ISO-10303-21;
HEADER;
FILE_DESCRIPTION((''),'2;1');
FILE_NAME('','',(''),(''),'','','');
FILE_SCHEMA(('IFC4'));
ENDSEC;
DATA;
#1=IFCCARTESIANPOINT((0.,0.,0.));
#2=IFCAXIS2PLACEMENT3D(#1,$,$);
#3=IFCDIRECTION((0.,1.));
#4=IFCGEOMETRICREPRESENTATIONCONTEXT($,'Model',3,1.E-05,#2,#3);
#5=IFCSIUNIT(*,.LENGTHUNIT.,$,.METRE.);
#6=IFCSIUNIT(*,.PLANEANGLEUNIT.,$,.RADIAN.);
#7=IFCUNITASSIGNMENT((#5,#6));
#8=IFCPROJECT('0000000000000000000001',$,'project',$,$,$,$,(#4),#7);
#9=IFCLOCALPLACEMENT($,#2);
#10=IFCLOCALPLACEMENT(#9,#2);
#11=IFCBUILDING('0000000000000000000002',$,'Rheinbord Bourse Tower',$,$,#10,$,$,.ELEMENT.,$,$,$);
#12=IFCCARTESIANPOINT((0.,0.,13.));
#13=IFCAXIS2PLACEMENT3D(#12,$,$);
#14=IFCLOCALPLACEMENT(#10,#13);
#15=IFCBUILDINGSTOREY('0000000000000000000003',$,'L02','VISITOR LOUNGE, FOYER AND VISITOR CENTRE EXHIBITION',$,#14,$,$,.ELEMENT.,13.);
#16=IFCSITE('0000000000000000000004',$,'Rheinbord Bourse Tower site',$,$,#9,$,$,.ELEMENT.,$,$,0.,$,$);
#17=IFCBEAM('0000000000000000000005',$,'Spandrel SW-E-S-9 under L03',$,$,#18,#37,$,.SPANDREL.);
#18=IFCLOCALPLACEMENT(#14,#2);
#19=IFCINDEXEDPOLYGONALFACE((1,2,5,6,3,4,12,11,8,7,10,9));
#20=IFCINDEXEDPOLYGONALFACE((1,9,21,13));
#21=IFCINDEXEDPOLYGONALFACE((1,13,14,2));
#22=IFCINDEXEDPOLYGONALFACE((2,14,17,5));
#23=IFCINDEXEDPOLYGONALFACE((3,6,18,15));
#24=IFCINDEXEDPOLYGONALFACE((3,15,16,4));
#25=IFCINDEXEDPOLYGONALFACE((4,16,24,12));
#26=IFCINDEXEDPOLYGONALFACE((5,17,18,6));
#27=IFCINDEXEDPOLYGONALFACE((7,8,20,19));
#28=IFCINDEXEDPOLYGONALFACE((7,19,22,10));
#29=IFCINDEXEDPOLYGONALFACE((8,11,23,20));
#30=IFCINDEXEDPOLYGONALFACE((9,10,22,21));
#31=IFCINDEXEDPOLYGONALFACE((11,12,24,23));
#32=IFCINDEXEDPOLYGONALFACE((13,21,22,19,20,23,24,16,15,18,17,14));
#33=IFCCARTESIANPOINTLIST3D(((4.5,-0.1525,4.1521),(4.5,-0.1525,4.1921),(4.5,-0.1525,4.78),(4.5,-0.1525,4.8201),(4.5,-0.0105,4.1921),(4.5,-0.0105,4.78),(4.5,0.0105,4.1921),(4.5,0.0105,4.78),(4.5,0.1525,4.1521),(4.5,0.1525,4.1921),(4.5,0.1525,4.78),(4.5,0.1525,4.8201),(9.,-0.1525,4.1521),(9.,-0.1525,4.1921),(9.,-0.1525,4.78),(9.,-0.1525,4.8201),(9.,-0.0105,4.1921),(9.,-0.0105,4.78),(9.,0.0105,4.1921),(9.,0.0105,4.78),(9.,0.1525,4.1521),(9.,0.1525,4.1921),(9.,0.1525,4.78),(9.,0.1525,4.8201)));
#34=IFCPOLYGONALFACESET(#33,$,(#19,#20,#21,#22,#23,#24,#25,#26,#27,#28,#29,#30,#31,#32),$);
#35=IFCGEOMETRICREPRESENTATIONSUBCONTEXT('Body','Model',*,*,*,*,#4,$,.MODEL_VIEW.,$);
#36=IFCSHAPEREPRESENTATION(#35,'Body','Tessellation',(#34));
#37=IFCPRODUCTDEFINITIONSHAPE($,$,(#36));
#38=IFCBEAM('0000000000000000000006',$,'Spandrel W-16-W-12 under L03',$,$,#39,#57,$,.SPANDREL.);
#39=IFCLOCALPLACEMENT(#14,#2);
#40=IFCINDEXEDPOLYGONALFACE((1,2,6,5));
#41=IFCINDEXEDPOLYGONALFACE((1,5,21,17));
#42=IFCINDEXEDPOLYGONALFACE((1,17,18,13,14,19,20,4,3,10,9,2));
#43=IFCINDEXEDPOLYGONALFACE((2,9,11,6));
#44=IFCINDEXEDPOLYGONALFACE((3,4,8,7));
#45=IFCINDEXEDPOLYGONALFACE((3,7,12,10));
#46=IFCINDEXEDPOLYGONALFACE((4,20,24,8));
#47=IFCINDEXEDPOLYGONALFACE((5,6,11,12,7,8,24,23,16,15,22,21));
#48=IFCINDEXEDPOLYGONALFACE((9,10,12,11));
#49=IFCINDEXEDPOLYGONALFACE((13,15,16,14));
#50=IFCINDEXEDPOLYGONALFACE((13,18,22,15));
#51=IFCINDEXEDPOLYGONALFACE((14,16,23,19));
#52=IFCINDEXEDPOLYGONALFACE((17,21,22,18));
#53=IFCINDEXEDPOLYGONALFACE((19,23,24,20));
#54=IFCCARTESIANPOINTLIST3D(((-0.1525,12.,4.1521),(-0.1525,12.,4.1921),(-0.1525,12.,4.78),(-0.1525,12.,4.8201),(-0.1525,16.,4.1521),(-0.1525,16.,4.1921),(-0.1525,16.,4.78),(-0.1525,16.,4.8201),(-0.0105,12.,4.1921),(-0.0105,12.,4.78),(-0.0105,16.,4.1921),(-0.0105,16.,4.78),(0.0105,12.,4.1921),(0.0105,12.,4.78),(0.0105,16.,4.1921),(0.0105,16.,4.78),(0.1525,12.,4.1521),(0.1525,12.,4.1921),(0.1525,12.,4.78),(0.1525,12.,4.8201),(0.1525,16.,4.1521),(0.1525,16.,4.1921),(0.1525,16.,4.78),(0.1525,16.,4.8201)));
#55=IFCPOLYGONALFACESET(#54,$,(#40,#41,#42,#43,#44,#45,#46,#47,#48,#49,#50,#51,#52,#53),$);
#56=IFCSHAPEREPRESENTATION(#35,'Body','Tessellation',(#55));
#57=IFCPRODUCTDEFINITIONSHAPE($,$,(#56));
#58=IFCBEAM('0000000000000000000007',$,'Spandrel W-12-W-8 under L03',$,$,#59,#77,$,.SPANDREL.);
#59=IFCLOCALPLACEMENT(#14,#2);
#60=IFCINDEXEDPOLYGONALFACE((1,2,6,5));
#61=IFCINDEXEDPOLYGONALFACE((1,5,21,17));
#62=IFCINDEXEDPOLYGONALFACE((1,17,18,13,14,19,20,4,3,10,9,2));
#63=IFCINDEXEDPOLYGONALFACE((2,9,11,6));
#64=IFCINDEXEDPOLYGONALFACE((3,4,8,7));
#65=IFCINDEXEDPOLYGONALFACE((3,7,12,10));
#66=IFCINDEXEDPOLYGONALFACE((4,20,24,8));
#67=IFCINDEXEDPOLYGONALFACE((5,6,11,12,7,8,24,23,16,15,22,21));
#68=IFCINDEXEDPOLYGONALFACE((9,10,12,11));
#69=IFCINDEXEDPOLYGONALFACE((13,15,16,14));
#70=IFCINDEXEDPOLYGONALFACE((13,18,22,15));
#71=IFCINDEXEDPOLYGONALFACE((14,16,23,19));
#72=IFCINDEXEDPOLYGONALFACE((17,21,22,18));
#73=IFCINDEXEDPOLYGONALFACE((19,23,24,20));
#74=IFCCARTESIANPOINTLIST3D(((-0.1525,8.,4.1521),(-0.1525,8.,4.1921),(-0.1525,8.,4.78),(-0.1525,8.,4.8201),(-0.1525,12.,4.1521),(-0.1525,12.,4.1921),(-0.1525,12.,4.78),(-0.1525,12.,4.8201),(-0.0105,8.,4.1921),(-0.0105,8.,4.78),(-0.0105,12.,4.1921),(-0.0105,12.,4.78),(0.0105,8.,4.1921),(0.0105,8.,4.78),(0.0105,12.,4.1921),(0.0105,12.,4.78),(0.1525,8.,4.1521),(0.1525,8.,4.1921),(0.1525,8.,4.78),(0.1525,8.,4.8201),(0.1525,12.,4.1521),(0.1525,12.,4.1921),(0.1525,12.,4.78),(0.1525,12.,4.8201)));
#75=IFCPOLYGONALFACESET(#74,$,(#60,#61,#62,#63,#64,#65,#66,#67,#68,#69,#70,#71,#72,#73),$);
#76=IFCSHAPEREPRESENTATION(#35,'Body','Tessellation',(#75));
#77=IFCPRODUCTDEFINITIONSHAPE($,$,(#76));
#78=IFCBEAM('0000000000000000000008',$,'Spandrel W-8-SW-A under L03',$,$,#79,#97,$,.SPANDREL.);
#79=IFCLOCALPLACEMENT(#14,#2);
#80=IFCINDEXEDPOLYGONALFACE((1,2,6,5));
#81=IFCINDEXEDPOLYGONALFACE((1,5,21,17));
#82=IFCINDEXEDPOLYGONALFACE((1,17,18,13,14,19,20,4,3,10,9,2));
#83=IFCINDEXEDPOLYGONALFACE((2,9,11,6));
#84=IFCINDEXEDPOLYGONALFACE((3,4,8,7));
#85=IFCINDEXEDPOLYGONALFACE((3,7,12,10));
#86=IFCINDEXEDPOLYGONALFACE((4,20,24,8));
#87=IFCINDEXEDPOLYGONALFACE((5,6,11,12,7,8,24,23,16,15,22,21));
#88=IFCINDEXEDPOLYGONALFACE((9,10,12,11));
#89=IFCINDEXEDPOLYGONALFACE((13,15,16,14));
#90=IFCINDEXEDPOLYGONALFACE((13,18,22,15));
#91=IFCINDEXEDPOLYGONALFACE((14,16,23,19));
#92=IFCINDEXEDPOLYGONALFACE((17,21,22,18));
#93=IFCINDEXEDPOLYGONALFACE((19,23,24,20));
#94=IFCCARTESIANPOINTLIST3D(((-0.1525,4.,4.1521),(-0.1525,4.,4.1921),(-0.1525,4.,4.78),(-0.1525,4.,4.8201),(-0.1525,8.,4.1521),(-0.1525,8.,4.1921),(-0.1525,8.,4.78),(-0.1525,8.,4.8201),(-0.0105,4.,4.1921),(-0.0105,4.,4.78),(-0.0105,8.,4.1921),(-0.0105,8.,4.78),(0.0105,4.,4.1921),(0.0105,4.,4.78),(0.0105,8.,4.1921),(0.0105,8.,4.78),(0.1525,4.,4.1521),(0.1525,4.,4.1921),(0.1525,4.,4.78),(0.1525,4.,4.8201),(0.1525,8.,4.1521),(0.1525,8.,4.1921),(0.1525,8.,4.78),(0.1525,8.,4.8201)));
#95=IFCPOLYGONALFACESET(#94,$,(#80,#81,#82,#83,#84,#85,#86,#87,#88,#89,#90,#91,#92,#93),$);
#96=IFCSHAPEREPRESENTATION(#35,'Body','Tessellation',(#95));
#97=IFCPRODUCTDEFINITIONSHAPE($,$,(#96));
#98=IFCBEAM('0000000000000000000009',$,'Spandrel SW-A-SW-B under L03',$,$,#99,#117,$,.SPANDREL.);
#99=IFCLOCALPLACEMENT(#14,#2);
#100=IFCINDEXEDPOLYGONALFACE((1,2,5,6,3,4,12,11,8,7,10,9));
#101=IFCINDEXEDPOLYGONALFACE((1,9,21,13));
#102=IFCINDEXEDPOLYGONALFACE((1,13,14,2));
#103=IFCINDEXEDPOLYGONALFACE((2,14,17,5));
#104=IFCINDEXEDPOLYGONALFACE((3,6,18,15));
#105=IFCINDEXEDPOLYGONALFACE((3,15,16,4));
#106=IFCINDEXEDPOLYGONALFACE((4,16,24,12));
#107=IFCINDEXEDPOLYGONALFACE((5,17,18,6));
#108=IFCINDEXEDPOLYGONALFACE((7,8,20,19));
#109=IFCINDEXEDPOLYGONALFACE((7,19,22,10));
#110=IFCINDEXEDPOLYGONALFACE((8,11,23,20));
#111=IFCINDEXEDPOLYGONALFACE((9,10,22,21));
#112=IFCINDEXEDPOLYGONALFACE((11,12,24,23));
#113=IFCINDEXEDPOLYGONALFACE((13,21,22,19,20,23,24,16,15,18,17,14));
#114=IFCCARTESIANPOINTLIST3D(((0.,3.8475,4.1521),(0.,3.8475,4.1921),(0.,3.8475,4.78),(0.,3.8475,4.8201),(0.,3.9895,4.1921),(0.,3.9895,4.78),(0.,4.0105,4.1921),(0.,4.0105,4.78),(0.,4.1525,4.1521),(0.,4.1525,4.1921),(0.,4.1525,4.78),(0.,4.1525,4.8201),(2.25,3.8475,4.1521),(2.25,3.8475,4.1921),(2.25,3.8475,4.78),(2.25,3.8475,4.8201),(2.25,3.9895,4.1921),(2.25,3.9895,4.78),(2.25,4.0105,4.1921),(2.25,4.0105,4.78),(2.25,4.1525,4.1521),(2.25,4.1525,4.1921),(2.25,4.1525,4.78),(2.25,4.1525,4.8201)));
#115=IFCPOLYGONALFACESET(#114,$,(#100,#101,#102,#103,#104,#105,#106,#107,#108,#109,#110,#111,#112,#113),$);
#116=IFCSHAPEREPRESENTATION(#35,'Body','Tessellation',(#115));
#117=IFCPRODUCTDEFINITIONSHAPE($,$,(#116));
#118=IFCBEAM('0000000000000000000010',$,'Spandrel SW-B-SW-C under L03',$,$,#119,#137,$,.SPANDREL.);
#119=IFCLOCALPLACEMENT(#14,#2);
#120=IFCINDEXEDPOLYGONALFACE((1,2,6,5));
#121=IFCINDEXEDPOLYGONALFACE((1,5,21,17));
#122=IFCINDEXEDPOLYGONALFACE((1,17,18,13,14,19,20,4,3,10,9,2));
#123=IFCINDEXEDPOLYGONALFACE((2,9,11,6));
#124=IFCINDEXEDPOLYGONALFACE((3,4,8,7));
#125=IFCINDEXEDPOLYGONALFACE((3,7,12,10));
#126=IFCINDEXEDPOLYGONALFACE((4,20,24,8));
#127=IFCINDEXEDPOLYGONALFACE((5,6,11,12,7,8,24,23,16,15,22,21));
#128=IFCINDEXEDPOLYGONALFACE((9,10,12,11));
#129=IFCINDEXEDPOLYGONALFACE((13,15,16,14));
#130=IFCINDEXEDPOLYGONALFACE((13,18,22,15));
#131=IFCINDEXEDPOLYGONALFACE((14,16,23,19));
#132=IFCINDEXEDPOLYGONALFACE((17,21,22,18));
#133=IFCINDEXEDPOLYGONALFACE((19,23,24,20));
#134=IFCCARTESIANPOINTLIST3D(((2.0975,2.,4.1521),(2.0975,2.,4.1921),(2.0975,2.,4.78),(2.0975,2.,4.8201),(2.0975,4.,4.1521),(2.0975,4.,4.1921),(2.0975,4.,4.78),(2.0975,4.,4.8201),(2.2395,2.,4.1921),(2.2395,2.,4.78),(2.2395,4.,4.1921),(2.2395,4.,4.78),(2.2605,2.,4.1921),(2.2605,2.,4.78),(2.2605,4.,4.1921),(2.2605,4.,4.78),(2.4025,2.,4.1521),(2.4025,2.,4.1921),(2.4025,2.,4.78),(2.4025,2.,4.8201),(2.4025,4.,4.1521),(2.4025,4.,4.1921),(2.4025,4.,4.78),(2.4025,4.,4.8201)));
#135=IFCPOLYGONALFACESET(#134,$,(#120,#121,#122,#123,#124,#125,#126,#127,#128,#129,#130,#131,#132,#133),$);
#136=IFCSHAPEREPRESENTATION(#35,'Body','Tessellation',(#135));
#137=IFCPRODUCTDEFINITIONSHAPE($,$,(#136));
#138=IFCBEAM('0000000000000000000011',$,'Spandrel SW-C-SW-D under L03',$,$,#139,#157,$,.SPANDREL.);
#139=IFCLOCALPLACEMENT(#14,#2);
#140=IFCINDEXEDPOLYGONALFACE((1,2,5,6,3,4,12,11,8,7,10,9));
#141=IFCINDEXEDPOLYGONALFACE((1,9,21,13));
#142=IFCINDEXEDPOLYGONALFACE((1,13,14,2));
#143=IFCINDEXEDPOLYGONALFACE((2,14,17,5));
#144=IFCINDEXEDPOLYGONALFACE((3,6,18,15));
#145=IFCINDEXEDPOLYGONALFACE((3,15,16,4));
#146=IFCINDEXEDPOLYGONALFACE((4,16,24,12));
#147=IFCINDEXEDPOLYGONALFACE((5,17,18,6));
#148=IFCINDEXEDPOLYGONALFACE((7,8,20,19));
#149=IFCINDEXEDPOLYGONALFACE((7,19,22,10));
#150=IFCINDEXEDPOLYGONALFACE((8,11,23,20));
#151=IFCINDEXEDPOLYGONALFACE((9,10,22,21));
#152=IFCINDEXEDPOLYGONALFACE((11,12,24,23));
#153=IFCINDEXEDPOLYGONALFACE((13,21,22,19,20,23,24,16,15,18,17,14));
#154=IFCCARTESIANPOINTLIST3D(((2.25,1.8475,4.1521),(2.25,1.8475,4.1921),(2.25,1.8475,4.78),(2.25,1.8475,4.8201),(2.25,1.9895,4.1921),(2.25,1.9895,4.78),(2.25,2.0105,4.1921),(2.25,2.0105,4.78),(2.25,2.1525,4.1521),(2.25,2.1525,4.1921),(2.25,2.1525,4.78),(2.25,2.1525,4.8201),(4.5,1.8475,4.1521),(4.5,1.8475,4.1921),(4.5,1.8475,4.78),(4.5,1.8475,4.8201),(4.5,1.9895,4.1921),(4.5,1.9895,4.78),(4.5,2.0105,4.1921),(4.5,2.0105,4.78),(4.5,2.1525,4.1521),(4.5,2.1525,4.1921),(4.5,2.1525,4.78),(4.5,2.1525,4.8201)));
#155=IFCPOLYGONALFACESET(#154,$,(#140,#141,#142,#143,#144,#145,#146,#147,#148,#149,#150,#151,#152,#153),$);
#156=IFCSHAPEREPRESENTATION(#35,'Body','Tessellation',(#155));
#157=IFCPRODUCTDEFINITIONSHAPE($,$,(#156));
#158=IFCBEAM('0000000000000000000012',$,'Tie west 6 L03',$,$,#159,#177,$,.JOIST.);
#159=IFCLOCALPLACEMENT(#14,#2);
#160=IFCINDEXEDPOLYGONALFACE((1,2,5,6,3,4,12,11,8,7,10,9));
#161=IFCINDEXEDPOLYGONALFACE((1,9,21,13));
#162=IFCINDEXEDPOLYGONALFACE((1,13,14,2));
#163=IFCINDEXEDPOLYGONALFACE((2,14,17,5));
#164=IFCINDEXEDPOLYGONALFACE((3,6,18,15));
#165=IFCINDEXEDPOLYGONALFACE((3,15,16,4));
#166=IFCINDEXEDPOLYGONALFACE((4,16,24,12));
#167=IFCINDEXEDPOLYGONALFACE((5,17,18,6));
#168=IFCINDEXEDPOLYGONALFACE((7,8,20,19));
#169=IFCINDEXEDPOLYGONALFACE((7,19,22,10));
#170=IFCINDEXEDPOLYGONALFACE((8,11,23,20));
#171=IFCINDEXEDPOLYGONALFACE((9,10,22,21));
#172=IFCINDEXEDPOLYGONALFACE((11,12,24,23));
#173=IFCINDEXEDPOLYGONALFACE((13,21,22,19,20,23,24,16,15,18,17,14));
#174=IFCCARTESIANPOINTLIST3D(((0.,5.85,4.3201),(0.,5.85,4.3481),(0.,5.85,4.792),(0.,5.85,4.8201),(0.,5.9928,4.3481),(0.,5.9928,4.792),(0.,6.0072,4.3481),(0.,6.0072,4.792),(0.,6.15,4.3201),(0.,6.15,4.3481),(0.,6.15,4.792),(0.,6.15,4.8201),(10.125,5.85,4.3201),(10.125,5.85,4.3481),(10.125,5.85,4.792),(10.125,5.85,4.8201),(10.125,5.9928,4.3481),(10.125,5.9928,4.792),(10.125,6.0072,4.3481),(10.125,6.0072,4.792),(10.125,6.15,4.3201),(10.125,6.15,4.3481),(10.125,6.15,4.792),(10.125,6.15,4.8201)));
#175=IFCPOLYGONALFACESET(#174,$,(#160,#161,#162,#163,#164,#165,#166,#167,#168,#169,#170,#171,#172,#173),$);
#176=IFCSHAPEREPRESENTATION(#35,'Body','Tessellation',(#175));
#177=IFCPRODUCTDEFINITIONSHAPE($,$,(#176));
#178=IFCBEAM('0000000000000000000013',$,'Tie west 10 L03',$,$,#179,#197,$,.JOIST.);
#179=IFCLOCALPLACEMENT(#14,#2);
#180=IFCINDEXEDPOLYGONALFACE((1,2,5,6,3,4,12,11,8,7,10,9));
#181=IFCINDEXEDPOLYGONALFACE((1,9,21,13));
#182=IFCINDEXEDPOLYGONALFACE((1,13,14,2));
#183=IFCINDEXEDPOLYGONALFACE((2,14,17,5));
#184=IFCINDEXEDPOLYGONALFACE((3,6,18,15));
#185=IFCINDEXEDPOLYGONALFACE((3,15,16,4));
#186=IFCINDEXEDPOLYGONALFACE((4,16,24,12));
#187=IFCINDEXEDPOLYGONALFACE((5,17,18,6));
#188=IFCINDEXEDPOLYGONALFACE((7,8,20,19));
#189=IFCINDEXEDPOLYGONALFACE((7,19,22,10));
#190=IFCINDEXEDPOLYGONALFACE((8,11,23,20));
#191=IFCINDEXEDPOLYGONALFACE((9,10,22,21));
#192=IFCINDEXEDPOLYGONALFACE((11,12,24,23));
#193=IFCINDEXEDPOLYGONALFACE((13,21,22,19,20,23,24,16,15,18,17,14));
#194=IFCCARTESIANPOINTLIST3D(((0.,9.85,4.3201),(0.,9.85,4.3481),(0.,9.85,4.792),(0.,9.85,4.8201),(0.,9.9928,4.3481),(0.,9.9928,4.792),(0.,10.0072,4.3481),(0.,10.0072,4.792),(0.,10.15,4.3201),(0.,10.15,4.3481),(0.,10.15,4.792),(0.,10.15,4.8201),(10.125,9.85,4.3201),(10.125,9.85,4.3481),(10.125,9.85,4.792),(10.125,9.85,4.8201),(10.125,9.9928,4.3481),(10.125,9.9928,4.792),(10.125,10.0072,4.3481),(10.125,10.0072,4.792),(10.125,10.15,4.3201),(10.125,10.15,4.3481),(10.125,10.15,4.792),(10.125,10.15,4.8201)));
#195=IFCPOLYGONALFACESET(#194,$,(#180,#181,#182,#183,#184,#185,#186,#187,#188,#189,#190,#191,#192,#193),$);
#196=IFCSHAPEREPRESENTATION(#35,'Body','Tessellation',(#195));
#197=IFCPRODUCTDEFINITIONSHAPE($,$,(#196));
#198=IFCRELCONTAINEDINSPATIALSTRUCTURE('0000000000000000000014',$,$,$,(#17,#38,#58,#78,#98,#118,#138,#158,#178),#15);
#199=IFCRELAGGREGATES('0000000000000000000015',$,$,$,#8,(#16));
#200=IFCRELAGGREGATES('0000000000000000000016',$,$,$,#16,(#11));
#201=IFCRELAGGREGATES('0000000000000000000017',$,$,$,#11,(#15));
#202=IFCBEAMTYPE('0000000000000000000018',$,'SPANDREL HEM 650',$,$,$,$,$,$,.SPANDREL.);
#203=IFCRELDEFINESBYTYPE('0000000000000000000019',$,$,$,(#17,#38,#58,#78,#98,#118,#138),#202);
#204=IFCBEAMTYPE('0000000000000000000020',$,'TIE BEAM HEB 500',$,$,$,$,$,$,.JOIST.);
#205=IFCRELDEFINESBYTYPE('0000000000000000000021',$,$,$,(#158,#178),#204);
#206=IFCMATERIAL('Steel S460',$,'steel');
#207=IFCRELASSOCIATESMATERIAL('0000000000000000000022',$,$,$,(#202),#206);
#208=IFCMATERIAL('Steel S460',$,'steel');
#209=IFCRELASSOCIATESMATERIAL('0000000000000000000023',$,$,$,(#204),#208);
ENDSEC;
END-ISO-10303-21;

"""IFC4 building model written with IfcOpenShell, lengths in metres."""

from ifc_helpers import new_model, si_unit, direction, frame, origin, origin_2d, place, context, subcontext, project, spatial, i_section, extrude, material, material_profile, profile_set, type_object, element, save


model = new_model("IFC4")

# Units and contexts
model_context = context("Model", 3, precision=1e-05, world=origin(), true_north=direction((0.0, 1.0)))
body_context = subcontext(model_context, "Body", "Model", "MODEL_VIEW")
ifc_project = project(units=[si_unit("LENGTHUNIT", "METRE"), si_unit("PLANEANGLEUNIT", "RADIAN")], contexts=[model_context])

# Site, building, storey
site_placement = place(None, origin())
site = spatial("IfcSite", under=ifc_project, at=site_placement, Name="Rheinbord Bourse Tower site", CompositionType="ELEMENT", RefElevation=0.0)
building_placement = place(site_placement, origin())
building = spatial("IfcBuilding", under=site, at=building_placement, Name="Rheinbord Bourse Tower", CompositionType="ELEMENT")
storey_placement = place(building_placement, frame((0.0, 0.0, 13.0)))
storey = spatial("IfcBuildingStorey", under=building, at=storey_placement, Name="L02", Description="VISITOR LOUNGE, FOYER AND VISITOR CENTRE EXHIBITION", CompositionType="ELEMENT", Elevation=13.0)

# Beams
ifc_material_1 = material(Name="Steel S460", Category="steel")
ifc_material_profile_1 = material_profile(ifc_material_1, i_section(OverallWidth=0.3049, OverallDepth=0.668, WebThickness=0.021, FlangeThickness=0.04, at=origin_2d()), Name="HEM 650")
ifc_profile_set_1 = profile_set([ifc_material_profile_1], Name="Steel S460")
beam_type_1 = type_object("IfcBeamType", Name="SPANDREL HEM 650", PredefinedType="SPANDREL", material=ifc_profile_set_1)
beam_1_placement = place(storey_placement, frame((4.5, 0.0, 4.4861), z_axis=(1.0, 0.0, 0.0), x_axis=(0.0, 1.0, 0.0)))
element("IfcBeam", 1, at=beam_1_placement, inside=storey, type_object=beam_type_1, Name="Spandrel SW-E-S-9 under L03", PredefinedType="SPANDREL", context=body_context, shape_type="SweptSolid", body=[
    extrude(i_section(OverallWidth=0.3049, OverallDepth=0.668, WebThickness=0.021, FlangeThickness=0.04, at=origin_2d()), origin(), (0.0, 0.0, 1.0), 4.5),
])
for number, where, z_axis, x_axis, name in (
    (2, (0.0, 16.0, 4.4861), (0.0, -1.0, 0.0), (1.0, 0.0, 0.0), "Spandrel W-16-W-12 under L03"),
    (3, (0.0, 12.0, 4.4861), (0.0, -1.0, 0.0), (1.0, 0.0, 0.0), "Spandrel W-12-W-8 under L03"),
    (4, (0.0, 8.0, 4.4861), (0.0, -1.0, 0.0), (1.0, 0.0, 0.0), "Spandrel W-8-SW-A under L03"),
):
    element("IfcBeam", number, at=place(storey_placement, frame(where, z_axis=z_axis, x_axis=x_axis)), inside=storey, type_object=beam_type_1, Name=name, PredefinedType="SPANDREL", context=body_context, shape_type="SweptSolid", body=[
        extrude(i_section(OverallWidth=0.3049, OverallDepth=0.668, WebThickness=0.021, FlangeThickness=0.04, at=origin_2d()), origin(), (0.0, 0.0, 1.0), 4.0),
    ])
beam_2_placement = place(storey_placement, frame((0.0, 4.0, 4.4861), z_axis=(1.0, 0.0, 0.0), x_axis=(0.0, 1.0, 0.0)))
element("IfcBeam", 5, at=beam_2_placement, inside=storey, type_object=beam_type_1, Name="Spandrel SW-A-SW-B under L03", PredefinedType="SPANDREL", context=body_context, shape_type="SweptSolid", body=[
    extrude(i_section(OverallWidth=0.3049, OverallDepth=0.668, WebThickness=0.021, FlangeThickness=0.04, at=origin_2d()), origin(), (0.0, 0.0, 1.0), 2.25),
])
beam_3_placement = place(storey_placement, frame((2.25, 4.0, 4.4861), z_axis=(0.0, -1.0, 0.0), x_axis=(1.0, 0.0, 0.0)))
element("IfcBeam", 6, at=beam_3_placement, inside=storey, type_object=beam_type_1, Name="Spandrel SW-B-SW-C under L03", PredefinedType="SPANDREL", context=body_context, shape_type="SweptSolid", body=[
    extrude(i_section(OverallWidth=0.3049, OverallDepth=0.668, WebThickness=0.021, FlangeThickness=0.04, at=origin_2d()), origin(), (0.0, 0.0, 1.0), 2.0),
])
beam_4_placement = place(storey_placement, frame((2.25, 2.0, 4.4861), z_axis=(1.0, 0.0, 0.0), x_axis=(0.0, 1.0, 0.0)))
element("IfcBeam", 7, at=beam_4_placement, inside=storey, type_object=beam_type_1, Name="Spandrel SW-C-SW-D under L03", PredefinedType="SPANDREL", context=body_context, shape_type="SweptSolid", body=[
    extrude(i_section(OverallWidth=0.3049, OverallDepth=0.668, WebThickness=0.021, FlangeThickness=0.04, at=origin_2d()), origin(), (0.0, 0.0, 1.0), 2.25),
])
ifc_material_2 = material(Name="Steel S460", Category="steel")
ifc_material_profile_2 = material_profile(ifc_material_2, i_section(OverallWidth=0.3, OverallDepth=0.5, WebThickness=0.0144, FlangeThickness=0.0281, at=origin_2d()), Name="HEB 500")
ifc_profile_set_2 = profile_set([ifc_material_profile_2], Name="Steel S460")
beam_type_2 = type_object("IfcBeamType", Name="TIE BEAM HEB 500", PredefinedType="JOIST", material=ifc_profile_set_2)
for number, where, z_axis, x_axis, name in (
    (8, (0.0, 6.0, 4.5701), (1.0, 0.0, 0.0), (0.0, 1.0, 0.0), "Tie west 6 L03"),
    (9, (0.0, 10.0, 4.5701), (1.0, 0.0, 0.0), (0.0, 1.0, 0.0), "Tie west 10 L03"),
):
    element("IfcBeam", number, at=place(storey_placement, frame(where, z_axis=z_axis, x_axis=x_axis)), inside=storey, type_object=beam_type_2, Name=name, PredefinedType="JOIST", context=body_context, shape_type="SweptSolid", body=[
        extrude(i_section(OverallWidth=0.3, OverallDepth=0.5, WebThickness=0.0144, FlangeThickness=0.0281, at=origin_2d()), origin(), (0.0, 0.0, 1.0), 10.125),
    ])

save(model, "model.ifc")
